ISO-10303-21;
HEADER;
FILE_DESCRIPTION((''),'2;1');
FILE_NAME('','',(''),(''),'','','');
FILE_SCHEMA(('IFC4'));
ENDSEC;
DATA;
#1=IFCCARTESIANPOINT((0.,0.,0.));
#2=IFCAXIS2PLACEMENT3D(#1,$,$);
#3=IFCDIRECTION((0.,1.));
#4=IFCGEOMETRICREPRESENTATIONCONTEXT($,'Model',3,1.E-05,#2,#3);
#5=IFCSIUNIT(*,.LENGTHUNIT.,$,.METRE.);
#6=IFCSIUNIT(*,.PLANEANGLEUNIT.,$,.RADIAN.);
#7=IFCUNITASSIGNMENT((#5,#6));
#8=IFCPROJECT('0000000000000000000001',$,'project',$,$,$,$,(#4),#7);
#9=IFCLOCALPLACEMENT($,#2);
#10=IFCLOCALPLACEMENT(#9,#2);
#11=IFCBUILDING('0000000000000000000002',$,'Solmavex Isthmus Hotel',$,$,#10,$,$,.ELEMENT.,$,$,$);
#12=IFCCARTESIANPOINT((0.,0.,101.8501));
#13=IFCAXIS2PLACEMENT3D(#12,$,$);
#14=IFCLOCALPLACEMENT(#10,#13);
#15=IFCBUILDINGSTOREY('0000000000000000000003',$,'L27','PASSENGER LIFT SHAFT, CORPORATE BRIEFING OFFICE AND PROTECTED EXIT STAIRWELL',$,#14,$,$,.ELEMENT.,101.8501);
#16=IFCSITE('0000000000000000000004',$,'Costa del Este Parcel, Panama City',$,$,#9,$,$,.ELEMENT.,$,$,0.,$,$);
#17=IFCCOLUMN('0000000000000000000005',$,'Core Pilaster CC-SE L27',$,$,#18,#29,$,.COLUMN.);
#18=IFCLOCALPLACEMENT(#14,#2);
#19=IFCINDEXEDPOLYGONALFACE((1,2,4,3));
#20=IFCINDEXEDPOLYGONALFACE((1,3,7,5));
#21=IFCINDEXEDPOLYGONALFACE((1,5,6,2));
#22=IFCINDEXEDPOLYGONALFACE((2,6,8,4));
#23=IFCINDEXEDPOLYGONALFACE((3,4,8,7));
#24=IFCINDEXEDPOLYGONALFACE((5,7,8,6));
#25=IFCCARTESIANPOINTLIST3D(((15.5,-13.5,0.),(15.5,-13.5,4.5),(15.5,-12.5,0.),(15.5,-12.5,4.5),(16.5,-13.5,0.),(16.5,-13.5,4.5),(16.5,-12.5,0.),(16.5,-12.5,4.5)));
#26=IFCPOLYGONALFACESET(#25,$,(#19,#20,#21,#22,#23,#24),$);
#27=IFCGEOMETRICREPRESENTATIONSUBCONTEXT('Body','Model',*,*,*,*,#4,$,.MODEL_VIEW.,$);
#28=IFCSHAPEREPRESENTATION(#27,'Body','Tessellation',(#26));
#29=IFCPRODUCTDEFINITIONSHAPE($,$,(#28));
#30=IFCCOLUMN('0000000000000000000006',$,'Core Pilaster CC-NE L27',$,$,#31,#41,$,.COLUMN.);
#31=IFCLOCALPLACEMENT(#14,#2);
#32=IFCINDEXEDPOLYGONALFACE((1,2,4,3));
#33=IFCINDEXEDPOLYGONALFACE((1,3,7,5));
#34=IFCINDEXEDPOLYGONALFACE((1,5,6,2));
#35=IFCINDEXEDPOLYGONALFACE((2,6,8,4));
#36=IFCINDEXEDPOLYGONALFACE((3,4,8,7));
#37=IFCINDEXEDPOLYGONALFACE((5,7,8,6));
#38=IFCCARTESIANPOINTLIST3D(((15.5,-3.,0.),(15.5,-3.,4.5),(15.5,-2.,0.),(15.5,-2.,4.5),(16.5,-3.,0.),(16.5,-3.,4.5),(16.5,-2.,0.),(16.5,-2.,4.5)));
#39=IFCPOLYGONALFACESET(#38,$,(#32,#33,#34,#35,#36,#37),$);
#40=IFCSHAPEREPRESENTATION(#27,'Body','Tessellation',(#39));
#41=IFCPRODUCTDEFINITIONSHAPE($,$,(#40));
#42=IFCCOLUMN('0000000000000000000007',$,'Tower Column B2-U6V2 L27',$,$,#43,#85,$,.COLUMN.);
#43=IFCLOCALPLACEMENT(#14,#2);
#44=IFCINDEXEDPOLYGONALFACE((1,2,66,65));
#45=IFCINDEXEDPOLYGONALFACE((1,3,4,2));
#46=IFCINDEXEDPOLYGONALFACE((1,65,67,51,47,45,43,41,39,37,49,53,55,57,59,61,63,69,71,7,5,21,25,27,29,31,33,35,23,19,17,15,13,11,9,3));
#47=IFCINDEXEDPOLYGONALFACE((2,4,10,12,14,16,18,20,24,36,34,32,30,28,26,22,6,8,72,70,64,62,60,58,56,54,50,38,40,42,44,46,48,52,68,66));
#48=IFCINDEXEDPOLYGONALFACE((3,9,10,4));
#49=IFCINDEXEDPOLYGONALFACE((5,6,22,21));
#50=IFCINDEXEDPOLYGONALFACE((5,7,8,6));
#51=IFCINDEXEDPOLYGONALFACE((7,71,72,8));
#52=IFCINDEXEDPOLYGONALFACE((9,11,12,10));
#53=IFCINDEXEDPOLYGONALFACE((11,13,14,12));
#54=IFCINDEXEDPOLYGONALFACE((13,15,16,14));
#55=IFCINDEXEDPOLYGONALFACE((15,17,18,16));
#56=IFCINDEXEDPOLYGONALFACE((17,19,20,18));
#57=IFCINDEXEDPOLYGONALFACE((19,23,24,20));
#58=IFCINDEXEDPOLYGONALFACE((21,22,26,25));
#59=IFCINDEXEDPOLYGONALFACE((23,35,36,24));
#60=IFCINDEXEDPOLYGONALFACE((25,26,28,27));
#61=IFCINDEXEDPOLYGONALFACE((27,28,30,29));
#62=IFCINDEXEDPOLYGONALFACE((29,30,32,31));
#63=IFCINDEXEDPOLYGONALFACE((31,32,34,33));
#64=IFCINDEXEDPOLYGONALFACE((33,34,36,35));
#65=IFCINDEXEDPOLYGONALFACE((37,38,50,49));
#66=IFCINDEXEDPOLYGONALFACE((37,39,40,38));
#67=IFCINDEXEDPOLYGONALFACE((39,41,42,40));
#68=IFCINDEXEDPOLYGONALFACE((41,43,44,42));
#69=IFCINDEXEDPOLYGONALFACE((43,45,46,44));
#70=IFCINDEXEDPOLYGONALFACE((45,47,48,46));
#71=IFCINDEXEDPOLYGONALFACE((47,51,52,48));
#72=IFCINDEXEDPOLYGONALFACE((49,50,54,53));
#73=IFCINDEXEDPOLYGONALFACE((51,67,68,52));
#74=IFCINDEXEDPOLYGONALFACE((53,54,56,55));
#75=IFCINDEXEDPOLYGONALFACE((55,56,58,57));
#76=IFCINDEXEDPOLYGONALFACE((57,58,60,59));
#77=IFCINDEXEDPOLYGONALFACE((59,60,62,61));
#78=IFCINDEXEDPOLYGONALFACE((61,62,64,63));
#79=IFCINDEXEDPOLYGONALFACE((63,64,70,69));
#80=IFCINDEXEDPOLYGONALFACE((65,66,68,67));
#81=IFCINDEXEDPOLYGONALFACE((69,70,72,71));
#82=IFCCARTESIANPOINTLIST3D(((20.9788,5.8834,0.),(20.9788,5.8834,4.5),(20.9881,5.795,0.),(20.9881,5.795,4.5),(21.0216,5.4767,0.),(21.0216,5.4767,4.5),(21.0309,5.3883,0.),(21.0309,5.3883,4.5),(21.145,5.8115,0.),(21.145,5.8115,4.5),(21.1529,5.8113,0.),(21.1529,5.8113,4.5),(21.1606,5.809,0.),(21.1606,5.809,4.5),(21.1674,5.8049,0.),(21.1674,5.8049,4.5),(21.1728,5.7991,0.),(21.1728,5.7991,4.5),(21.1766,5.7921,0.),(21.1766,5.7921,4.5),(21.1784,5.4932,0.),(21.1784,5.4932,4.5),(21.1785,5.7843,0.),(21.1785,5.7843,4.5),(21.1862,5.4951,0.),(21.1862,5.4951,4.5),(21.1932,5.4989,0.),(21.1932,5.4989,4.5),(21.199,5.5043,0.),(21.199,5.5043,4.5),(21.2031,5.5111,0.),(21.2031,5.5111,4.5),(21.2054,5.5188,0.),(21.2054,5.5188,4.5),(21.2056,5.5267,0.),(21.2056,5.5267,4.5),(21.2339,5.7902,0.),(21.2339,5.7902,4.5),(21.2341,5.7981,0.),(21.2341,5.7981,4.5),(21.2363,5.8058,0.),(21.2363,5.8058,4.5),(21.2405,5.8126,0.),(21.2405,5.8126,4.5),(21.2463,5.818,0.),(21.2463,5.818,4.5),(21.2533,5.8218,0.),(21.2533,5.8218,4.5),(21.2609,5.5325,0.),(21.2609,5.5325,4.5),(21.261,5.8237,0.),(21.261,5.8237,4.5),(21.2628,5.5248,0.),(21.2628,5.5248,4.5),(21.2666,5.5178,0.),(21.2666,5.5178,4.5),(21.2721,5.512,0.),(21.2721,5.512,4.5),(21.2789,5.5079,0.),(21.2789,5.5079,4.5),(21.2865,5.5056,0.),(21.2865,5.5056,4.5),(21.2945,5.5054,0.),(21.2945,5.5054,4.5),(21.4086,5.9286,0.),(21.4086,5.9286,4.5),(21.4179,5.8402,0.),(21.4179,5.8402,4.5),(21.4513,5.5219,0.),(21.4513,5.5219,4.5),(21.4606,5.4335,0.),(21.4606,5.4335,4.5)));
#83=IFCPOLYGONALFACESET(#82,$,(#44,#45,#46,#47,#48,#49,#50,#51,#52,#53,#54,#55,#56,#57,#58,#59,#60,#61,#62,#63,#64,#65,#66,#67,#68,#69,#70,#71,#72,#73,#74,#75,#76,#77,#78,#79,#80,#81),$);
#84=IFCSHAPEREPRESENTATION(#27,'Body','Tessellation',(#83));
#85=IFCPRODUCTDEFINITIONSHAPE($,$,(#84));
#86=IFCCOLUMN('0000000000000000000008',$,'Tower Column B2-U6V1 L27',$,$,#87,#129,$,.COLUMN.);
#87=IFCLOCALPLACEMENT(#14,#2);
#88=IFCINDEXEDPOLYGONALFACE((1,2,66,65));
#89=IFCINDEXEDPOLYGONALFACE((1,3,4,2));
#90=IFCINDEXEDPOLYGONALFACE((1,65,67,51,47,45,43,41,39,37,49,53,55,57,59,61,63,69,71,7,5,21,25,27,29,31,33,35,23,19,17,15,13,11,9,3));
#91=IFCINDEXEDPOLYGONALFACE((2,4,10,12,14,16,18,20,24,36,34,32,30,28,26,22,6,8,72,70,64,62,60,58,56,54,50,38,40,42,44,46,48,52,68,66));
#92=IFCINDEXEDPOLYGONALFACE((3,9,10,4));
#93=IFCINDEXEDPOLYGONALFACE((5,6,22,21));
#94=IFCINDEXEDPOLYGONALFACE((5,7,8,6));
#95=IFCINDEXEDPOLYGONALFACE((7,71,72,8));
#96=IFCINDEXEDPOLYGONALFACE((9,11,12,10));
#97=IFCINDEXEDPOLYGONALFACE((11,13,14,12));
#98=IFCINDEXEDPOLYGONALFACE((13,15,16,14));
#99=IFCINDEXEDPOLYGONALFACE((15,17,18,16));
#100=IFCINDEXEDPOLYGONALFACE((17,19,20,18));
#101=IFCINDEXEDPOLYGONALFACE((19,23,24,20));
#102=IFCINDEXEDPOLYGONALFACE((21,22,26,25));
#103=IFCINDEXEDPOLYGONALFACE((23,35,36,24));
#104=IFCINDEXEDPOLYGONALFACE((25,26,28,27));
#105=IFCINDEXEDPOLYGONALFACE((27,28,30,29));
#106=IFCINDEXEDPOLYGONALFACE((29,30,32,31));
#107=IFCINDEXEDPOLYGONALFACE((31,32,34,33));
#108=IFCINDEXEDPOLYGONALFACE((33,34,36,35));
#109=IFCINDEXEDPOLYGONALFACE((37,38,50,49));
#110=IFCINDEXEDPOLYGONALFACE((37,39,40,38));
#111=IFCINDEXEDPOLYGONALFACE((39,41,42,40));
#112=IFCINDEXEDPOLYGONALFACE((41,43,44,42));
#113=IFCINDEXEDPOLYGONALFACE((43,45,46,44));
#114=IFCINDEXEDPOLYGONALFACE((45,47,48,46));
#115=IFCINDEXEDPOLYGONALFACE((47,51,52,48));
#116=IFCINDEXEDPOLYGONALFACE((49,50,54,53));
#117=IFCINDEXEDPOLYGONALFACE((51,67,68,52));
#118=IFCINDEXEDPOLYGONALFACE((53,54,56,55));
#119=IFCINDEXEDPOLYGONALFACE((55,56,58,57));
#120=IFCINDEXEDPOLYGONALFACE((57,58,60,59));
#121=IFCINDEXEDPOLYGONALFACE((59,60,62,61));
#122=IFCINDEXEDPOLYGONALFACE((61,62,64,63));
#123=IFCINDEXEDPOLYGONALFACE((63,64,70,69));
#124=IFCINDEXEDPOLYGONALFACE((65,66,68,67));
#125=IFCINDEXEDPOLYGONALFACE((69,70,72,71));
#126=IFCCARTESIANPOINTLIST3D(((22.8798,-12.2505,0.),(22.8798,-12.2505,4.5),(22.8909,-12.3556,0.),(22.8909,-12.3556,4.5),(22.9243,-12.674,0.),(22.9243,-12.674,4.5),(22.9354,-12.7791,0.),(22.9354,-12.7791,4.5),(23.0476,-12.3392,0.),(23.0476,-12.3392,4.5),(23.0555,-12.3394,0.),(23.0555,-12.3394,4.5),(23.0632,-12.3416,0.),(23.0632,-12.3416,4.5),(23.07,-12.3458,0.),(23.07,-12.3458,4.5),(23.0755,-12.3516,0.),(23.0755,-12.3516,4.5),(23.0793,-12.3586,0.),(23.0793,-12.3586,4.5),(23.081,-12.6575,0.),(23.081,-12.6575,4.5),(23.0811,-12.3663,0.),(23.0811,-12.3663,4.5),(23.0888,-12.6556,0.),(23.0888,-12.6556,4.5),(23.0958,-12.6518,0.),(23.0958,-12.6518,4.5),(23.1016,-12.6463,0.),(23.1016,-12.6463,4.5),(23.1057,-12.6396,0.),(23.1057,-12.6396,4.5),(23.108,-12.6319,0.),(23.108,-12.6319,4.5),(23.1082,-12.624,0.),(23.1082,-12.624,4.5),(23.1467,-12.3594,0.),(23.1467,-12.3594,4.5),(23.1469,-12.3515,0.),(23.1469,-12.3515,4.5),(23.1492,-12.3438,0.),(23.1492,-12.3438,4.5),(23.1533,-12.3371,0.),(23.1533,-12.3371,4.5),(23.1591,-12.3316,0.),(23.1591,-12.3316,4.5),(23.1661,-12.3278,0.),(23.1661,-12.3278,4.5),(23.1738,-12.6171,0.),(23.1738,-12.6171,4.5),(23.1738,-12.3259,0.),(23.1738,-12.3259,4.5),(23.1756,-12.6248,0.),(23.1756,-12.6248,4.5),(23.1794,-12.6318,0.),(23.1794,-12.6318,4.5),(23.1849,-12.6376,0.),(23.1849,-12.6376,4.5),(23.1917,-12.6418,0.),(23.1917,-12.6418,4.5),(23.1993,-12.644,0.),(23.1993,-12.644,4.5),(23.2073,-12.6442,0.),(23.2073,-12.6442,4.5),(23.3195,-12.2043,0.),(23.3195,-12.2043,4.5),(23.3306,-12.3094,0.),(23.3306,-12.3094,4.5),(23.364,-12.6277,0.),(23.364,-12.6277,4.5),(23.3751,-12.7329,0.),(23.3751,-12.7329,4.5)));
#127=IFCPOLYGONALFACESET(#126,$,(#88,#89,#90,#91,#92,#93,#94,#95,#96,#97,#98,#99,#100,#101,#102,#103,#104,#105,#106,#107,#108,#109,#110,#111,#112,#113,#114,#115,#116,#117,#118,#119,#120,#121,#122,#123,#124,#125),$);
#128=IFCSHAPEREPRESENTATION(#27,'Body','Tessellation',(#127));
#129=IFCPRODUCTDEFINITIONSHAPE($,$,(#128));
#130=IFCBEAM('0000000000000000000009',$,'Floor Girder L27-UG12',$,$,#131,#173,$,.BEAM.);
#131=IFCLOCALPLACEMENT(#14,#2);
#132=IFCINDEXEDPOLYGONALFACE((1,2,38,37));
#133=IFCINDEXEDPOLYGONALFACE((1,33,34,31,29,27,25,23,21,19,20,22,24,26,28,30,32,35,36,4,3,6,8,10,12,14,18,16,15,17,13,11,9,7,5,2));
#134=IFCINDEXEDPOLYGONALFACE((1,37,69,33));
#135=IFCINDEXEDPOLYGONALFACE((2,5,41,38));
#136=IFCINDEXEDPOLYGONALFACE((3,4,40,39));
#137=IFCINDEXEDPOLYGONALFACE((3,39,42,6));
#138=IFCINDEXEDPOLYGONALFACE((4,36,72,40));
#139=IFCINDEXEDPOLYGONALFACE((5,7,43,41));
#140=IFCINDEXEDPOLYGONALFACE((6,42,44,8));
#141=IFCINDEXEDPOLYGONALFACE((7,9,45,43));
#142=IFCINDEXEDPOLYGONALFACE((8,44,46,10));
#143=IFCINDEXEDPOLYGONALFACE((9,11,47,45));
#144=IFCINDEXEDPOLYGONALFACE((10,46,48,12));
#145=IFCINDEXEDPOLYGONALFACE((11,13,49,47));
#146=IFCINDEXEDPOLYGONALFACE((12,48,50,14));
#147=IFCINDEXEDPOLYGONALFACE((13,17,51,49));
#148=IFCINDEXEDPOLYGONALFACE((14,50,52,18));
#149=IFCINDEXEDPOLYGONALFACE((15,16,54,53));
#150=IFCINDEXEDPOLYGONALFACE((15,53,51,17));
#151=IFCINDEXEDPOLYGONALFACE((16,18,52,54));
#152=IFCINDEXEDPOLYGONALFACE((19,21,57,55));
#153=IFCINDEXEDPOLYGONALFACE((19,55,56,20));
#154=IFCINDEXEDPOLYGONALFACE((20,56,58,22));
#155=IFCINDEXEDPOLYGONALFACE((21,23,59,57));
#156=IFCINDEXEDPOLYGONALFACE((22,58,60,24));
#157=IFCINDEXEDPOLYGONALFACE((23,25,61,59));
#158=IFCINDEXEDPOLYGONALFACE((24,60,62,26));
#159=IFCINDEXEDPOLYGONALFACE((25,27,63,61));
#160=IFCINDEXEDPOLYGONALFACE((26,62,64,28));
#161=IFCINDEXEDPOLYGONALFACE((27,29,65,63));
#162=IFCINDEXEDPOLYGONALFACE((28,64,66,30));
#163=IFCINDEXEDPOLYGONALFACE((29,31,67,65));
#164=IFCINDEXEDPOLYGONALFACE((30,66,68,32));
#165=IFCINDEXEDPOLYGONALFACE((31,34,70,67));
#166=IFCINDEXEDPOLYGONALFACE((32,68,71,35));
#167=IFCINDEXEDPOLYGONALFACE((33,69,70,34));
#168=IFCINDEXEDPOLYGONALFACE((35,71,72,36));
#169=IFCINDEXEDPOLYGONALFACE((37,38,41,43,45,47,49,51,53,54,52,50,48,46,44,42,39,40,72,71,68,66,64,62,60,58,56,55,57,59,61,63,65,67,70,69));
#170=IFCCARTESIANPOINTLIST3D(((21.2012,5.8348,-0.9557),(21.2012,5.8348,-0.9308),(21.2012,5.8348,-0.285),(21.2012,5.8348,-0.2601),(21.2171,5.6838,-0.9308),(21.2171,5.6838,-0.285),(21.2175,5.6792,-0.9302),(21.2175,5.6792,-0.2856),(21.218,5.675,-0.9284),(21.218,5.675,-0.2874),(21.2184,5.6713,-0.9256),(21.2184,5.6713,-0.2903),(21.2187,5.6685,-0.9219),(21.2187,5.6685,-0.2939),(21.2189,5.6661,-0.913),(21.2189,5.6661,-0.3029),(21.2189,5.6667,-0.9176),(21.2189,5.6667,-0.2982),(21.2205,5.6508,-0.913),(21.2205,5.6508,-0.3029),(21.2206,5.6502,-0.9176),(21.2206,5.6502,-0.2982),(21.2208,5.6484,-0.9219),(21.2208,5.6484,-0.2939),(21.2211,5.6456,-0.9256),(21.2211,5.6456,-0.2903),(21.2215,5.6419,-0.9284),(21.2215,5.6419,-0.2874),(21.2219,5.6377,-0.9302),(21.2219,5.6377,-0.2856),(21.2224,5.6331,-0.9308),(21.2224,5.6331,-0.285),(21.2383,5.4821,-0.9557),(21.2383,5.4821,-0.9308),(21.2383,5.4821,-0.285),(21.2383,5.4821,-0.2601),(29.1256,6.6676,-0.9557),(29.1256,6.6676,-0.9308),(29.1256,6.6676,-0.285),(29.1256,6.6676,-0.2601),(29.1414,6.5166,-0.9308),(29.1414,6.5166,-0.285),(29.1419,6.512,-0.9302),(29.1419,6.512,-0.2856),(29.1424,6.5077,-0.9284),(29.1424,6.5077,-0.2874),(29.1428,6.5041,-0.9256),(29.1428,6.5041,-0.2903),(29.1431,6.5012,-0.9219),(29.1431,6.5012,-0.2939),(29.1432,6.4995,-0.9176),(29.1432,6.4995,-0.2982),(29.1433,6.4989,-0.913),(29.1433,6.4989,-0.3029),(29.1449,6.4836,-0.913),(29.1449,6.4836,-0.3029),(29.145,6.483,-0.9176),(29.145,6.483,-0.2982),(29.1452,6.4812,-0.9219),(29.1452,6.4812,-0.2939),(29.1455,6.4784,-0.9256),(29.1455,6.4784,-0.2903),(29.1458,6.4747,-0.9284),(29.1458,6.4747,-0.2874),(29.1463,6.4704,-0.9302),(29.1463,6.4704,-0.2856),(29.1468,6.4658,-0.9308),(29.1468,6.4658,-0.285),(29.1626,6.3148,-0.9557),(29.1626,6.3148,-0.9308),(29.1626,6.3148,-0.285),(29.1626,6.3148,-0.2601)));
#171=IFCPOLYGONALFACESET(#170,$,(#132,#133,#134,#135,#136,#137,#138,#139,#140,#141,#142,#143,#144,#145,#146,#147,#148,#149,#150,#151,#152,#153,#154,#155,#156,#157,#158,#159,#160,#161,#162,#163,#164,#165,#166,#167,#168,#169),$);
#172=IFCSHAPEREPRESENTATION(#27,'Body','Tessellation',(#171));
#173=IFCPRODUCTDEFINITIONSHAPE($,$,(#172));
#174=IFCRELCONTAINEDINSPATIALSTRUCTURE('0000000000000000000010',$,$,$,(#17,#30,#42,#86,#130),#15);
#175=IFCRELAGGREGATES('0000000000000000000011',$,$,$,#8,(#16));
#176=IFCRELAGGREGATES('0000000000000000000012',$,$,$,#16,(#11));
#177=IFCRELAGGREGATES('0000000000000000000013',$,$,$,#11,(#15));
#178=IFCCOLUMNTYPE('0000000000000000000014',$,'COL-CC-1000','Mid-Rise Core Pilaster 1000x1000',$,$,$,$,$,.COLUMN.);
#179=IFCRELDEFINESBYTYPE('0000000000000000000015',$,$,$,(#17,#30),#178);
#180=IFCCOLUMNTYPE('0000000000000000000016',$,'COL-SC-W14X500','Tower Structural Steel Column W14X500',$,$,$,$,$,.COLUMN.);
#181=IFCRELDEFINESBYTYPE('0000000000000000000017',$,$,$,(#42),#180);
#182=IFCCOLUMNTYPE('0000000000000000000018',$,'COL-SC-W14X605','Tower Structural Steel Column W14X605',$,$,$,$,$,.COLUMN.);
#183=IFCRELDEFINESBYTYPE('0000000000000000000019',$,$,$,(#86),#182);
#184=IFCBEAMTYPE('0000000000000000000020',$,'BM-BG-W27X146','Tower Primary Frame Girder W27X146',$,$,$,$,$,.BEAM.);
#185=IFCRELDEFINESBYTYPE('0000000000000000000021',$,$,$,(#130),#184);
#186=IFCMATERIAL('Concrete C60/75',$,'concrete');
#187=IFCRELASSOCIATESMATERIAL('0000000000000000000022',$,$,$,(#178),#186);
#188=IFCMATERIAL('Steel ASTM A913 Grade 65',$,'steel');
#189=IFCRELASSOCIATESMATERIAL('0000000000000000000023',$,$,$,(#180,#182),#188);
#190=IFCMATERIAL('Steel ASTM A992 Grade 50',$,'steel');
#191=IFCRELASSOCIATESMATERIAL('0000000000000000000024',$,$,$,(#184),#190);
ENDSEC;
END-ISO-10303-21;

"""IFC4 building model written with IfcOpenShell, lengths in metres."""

from ifc_helpers import new_model, si_unit, direction, frame, origin, origin_2d, place, context, subcontext, project, spatial, rectangle, i_section, extrude, material, material_profile, profile_set, type_object, element, save


model = new_model("IFC4")

# Units and contexts
model_context = context("Model", 3, precision=1e-05, world=origin(), true_north=direction((0.0, 1.0)))
body_context = subcontext(model_context, "Body", "Model", "MODEL_VIEW")
ifc_project = project(units=[si_unit("LENGTHUNIT", "METRE"), si_unit("PLANEANGLEUNIT", "RADIAN")], contexts=[model_context])

# Site, building, storey
site_placement = place(None, origin())
site = spatial("IfcSite", under=ifc_project, at=site_placement, Name="Costa del Este Parcel, Panama City", CompositionType="ELEMENT", RefElevation=0.0)
building_placement = place(site_placement, origin())
building = spatial("IfcBuilding", under=site, at=building_placement, Name="Solmavex Isthmus Hotel", CompositionType="ELEMENT")
storey_placement = place(building_placement, frame((0.0, 0.0, 101.8501)))
storey = spatial("IfcBuildingStorey", under=building, at=storey_placement, Name="L27", Description="PASSENGER LIFT SHAFT, CORPORATE BRIEFING OFFICE AND PROTECTED EXIT STAIRWELL", CompositionType="ELEMENT", Elevation=101.8501)

# Columns
ifc_material_1 = material(Name="Concrete C60/75", Category="concrete")
ifc_material_profile_1 = material_profile(ifc_material_1, rectangle(XDim=1.0, YDim=1.0, at=origin_2d()), Name="RC1000X1000")
ifc_profile_set_1 = profile_set([ifc_material_profile_1], Name="Concrete C60/75")
column_type_1 = type_object("IfcColumnType", Name="COL-CC-1000", Description="Mid-Rise Core Pilaster 1000x1000", PredefinedType="COLUMN", material=ifc_profile_set_1)
for number, where, z_axis, x_axis, name in (
    (1, (16.0, -13.0, 0.0), (0.0, 0.0, 1.0), (1.0, 0.0, 0.0), "Core Pilaster CC-SE L27"),
    (2, (16.0, -2.5, 0.0), (0.0, 0.0, 1.0), (1.0, 0.0, 0.0), "Core Pilaster CC-NE L27"),
):
    element("IfcColumn", number, at=place(storey_placement, frame(where, z_axis=z_axis, x_axis=x_axis)), inside=storey, type_object=column_type_1, Name=name, PredefinedType="COLUMN", context=body_context, shape_type="SweptSolid", body=[
        extrude(rectangle(XDim=1.0, YDim=1.0, at=origin_2d()), origin(), (0.0, 0.0, 1.0), 4.5),
    ])
ifc_material_2 = material(Name="Steel ASTM A913 Grade 65", Category="steel")
ifc_material_profile_2 = material_profile(ifc_material_2, i_section(OverallWidth=0.4321, OverallDepth=0.4978, WebThickness=0.0557, FlangeThickness=0.0889, FilletRadius=0.0305, at=origin_2d()), Name="W14X500")
ifc_profile_set_2 = profile_set([ifc_material_profile_2], Name="Steel ASTM A913 Grade 65")
column_type_2 = type_object("IfcColumnType", Name="COL-SC-W14X500", Description="Tower Structural Steel Column W14X500", PredefinedType="COLUMN", material=ifc_profile_set_2)
column_1_placement = place(storey_placement, frame((21.2197, 5.6584, 0.0), z_axis=(0.0, 0.0, 1.0), x_axis=(0.994522, 0.104528, 0.0)))
element("IfcColumn", 3, at=column_1_placement, inside=storey, type_object=column_type_2, Name="Tower Column B2-U6V2 L27", PredefinedType="COLUMN", context=body_context, shape_type="SweptSolid", body=[
    extrude(i_section(OverallWidth=0.4321, OverallDepth=0.4978, WebThickness=0.0557, FlangeThickness=0.0889, FilletRadius=0.0305, at=origin_2d()), origin(), (0.0, 0.0, 1.0), 4.5),
])
ifc_material_profile_3 = material_profile(ifc_material_2, i_section(OverallWidth=0.4421, OverallDepth=0.5315, WebThickness=0.0659, FlangeThickness=0.1057, FilletRadius=0.0305, at=origin_2d()), Name="W14X605")
ifc_profile_set_3 = profile_set([ifc_material_profile_3], Name="Steel ASTM A913 Grade 65")
column_type_3 = type_object("IfcColumnType", Name="COL-SC-W14X605", Description="Tower Structural Steel Column W14X605", PredefinedType="COLUMN", material=ifc_profile_set_3)
column_2_placement = place(storey_placement, frame((23.1274, -12.4917, 0.0), z_axis=(0.0, 0.0, 1.0), x_axis=(0.994522, 0.104528, 0.0)))
element("IfcColumn", 4, at=column_2_placement, inside=storey, type_object=column_type_3, Name="Tower Column B2-U6V1 L27", PredefinedType="COLUMN", context=body_context, shape_type="SweptSolid", body=[
    extrude(i_section(OverallWidth=0.4421, OverallDepth=0.5315, WebThickness=0.0659, FlangeThickness=0.1057, FilletRadius=0.0305, at=origin_2d()), origin(), (0.0, 0.0, 1.0), 4.5),
])

# Beam
ifc_material_3 = material(Name="Steel ASTM A992 Grade 50", Category="steel")
ifc_material_profile_4 = material_profile(ifc_material_3, i_section(OverallWidth=0.3547, OverallDepth=0.6956, WebThickness=0.0154, FlangeThickness=0.0249, FilletRadius=0.0178, at=origin_2d()), Name="W27X146")
ifc_profile_set_4 = profile_set([ifc_material_profile_4], Name="Steel ASTM A992 Grade 50")
beam_type_1 = type_object("IfcBeamType", Name="BM-BG-W27X146", Description="Tower Primary Frame Girder W27X146", PredefinedType="BEAM", material=ifc_profile_set_4)
beam_1_placement = place(storey_placement, frame((21.2197, 5.6584, -0.6079), z_axis=(0.994523, 0.104514, 0.0), x_axis=(-0.104514, 0.994523, 0.0)))
element("IfcBeam", 5, at=beam_1_placement, inside=storey, type_object=beam_type_1, Name="Floor Girder L27-UG12", PredefinedType="BEAM", context=body_context, shape_type="SweptSolid", body=[
    extrude(i_section(OverallWidth=0.3547, OverallDepth=0.6956, WebThickness=0.0154, FlangeThickness=0.0249, FilletRadius=0.0178, at=origin_2d()), origin(), (0.0, 0.0, 1.0), 7.968),
])

save(model, "model.ifc")
